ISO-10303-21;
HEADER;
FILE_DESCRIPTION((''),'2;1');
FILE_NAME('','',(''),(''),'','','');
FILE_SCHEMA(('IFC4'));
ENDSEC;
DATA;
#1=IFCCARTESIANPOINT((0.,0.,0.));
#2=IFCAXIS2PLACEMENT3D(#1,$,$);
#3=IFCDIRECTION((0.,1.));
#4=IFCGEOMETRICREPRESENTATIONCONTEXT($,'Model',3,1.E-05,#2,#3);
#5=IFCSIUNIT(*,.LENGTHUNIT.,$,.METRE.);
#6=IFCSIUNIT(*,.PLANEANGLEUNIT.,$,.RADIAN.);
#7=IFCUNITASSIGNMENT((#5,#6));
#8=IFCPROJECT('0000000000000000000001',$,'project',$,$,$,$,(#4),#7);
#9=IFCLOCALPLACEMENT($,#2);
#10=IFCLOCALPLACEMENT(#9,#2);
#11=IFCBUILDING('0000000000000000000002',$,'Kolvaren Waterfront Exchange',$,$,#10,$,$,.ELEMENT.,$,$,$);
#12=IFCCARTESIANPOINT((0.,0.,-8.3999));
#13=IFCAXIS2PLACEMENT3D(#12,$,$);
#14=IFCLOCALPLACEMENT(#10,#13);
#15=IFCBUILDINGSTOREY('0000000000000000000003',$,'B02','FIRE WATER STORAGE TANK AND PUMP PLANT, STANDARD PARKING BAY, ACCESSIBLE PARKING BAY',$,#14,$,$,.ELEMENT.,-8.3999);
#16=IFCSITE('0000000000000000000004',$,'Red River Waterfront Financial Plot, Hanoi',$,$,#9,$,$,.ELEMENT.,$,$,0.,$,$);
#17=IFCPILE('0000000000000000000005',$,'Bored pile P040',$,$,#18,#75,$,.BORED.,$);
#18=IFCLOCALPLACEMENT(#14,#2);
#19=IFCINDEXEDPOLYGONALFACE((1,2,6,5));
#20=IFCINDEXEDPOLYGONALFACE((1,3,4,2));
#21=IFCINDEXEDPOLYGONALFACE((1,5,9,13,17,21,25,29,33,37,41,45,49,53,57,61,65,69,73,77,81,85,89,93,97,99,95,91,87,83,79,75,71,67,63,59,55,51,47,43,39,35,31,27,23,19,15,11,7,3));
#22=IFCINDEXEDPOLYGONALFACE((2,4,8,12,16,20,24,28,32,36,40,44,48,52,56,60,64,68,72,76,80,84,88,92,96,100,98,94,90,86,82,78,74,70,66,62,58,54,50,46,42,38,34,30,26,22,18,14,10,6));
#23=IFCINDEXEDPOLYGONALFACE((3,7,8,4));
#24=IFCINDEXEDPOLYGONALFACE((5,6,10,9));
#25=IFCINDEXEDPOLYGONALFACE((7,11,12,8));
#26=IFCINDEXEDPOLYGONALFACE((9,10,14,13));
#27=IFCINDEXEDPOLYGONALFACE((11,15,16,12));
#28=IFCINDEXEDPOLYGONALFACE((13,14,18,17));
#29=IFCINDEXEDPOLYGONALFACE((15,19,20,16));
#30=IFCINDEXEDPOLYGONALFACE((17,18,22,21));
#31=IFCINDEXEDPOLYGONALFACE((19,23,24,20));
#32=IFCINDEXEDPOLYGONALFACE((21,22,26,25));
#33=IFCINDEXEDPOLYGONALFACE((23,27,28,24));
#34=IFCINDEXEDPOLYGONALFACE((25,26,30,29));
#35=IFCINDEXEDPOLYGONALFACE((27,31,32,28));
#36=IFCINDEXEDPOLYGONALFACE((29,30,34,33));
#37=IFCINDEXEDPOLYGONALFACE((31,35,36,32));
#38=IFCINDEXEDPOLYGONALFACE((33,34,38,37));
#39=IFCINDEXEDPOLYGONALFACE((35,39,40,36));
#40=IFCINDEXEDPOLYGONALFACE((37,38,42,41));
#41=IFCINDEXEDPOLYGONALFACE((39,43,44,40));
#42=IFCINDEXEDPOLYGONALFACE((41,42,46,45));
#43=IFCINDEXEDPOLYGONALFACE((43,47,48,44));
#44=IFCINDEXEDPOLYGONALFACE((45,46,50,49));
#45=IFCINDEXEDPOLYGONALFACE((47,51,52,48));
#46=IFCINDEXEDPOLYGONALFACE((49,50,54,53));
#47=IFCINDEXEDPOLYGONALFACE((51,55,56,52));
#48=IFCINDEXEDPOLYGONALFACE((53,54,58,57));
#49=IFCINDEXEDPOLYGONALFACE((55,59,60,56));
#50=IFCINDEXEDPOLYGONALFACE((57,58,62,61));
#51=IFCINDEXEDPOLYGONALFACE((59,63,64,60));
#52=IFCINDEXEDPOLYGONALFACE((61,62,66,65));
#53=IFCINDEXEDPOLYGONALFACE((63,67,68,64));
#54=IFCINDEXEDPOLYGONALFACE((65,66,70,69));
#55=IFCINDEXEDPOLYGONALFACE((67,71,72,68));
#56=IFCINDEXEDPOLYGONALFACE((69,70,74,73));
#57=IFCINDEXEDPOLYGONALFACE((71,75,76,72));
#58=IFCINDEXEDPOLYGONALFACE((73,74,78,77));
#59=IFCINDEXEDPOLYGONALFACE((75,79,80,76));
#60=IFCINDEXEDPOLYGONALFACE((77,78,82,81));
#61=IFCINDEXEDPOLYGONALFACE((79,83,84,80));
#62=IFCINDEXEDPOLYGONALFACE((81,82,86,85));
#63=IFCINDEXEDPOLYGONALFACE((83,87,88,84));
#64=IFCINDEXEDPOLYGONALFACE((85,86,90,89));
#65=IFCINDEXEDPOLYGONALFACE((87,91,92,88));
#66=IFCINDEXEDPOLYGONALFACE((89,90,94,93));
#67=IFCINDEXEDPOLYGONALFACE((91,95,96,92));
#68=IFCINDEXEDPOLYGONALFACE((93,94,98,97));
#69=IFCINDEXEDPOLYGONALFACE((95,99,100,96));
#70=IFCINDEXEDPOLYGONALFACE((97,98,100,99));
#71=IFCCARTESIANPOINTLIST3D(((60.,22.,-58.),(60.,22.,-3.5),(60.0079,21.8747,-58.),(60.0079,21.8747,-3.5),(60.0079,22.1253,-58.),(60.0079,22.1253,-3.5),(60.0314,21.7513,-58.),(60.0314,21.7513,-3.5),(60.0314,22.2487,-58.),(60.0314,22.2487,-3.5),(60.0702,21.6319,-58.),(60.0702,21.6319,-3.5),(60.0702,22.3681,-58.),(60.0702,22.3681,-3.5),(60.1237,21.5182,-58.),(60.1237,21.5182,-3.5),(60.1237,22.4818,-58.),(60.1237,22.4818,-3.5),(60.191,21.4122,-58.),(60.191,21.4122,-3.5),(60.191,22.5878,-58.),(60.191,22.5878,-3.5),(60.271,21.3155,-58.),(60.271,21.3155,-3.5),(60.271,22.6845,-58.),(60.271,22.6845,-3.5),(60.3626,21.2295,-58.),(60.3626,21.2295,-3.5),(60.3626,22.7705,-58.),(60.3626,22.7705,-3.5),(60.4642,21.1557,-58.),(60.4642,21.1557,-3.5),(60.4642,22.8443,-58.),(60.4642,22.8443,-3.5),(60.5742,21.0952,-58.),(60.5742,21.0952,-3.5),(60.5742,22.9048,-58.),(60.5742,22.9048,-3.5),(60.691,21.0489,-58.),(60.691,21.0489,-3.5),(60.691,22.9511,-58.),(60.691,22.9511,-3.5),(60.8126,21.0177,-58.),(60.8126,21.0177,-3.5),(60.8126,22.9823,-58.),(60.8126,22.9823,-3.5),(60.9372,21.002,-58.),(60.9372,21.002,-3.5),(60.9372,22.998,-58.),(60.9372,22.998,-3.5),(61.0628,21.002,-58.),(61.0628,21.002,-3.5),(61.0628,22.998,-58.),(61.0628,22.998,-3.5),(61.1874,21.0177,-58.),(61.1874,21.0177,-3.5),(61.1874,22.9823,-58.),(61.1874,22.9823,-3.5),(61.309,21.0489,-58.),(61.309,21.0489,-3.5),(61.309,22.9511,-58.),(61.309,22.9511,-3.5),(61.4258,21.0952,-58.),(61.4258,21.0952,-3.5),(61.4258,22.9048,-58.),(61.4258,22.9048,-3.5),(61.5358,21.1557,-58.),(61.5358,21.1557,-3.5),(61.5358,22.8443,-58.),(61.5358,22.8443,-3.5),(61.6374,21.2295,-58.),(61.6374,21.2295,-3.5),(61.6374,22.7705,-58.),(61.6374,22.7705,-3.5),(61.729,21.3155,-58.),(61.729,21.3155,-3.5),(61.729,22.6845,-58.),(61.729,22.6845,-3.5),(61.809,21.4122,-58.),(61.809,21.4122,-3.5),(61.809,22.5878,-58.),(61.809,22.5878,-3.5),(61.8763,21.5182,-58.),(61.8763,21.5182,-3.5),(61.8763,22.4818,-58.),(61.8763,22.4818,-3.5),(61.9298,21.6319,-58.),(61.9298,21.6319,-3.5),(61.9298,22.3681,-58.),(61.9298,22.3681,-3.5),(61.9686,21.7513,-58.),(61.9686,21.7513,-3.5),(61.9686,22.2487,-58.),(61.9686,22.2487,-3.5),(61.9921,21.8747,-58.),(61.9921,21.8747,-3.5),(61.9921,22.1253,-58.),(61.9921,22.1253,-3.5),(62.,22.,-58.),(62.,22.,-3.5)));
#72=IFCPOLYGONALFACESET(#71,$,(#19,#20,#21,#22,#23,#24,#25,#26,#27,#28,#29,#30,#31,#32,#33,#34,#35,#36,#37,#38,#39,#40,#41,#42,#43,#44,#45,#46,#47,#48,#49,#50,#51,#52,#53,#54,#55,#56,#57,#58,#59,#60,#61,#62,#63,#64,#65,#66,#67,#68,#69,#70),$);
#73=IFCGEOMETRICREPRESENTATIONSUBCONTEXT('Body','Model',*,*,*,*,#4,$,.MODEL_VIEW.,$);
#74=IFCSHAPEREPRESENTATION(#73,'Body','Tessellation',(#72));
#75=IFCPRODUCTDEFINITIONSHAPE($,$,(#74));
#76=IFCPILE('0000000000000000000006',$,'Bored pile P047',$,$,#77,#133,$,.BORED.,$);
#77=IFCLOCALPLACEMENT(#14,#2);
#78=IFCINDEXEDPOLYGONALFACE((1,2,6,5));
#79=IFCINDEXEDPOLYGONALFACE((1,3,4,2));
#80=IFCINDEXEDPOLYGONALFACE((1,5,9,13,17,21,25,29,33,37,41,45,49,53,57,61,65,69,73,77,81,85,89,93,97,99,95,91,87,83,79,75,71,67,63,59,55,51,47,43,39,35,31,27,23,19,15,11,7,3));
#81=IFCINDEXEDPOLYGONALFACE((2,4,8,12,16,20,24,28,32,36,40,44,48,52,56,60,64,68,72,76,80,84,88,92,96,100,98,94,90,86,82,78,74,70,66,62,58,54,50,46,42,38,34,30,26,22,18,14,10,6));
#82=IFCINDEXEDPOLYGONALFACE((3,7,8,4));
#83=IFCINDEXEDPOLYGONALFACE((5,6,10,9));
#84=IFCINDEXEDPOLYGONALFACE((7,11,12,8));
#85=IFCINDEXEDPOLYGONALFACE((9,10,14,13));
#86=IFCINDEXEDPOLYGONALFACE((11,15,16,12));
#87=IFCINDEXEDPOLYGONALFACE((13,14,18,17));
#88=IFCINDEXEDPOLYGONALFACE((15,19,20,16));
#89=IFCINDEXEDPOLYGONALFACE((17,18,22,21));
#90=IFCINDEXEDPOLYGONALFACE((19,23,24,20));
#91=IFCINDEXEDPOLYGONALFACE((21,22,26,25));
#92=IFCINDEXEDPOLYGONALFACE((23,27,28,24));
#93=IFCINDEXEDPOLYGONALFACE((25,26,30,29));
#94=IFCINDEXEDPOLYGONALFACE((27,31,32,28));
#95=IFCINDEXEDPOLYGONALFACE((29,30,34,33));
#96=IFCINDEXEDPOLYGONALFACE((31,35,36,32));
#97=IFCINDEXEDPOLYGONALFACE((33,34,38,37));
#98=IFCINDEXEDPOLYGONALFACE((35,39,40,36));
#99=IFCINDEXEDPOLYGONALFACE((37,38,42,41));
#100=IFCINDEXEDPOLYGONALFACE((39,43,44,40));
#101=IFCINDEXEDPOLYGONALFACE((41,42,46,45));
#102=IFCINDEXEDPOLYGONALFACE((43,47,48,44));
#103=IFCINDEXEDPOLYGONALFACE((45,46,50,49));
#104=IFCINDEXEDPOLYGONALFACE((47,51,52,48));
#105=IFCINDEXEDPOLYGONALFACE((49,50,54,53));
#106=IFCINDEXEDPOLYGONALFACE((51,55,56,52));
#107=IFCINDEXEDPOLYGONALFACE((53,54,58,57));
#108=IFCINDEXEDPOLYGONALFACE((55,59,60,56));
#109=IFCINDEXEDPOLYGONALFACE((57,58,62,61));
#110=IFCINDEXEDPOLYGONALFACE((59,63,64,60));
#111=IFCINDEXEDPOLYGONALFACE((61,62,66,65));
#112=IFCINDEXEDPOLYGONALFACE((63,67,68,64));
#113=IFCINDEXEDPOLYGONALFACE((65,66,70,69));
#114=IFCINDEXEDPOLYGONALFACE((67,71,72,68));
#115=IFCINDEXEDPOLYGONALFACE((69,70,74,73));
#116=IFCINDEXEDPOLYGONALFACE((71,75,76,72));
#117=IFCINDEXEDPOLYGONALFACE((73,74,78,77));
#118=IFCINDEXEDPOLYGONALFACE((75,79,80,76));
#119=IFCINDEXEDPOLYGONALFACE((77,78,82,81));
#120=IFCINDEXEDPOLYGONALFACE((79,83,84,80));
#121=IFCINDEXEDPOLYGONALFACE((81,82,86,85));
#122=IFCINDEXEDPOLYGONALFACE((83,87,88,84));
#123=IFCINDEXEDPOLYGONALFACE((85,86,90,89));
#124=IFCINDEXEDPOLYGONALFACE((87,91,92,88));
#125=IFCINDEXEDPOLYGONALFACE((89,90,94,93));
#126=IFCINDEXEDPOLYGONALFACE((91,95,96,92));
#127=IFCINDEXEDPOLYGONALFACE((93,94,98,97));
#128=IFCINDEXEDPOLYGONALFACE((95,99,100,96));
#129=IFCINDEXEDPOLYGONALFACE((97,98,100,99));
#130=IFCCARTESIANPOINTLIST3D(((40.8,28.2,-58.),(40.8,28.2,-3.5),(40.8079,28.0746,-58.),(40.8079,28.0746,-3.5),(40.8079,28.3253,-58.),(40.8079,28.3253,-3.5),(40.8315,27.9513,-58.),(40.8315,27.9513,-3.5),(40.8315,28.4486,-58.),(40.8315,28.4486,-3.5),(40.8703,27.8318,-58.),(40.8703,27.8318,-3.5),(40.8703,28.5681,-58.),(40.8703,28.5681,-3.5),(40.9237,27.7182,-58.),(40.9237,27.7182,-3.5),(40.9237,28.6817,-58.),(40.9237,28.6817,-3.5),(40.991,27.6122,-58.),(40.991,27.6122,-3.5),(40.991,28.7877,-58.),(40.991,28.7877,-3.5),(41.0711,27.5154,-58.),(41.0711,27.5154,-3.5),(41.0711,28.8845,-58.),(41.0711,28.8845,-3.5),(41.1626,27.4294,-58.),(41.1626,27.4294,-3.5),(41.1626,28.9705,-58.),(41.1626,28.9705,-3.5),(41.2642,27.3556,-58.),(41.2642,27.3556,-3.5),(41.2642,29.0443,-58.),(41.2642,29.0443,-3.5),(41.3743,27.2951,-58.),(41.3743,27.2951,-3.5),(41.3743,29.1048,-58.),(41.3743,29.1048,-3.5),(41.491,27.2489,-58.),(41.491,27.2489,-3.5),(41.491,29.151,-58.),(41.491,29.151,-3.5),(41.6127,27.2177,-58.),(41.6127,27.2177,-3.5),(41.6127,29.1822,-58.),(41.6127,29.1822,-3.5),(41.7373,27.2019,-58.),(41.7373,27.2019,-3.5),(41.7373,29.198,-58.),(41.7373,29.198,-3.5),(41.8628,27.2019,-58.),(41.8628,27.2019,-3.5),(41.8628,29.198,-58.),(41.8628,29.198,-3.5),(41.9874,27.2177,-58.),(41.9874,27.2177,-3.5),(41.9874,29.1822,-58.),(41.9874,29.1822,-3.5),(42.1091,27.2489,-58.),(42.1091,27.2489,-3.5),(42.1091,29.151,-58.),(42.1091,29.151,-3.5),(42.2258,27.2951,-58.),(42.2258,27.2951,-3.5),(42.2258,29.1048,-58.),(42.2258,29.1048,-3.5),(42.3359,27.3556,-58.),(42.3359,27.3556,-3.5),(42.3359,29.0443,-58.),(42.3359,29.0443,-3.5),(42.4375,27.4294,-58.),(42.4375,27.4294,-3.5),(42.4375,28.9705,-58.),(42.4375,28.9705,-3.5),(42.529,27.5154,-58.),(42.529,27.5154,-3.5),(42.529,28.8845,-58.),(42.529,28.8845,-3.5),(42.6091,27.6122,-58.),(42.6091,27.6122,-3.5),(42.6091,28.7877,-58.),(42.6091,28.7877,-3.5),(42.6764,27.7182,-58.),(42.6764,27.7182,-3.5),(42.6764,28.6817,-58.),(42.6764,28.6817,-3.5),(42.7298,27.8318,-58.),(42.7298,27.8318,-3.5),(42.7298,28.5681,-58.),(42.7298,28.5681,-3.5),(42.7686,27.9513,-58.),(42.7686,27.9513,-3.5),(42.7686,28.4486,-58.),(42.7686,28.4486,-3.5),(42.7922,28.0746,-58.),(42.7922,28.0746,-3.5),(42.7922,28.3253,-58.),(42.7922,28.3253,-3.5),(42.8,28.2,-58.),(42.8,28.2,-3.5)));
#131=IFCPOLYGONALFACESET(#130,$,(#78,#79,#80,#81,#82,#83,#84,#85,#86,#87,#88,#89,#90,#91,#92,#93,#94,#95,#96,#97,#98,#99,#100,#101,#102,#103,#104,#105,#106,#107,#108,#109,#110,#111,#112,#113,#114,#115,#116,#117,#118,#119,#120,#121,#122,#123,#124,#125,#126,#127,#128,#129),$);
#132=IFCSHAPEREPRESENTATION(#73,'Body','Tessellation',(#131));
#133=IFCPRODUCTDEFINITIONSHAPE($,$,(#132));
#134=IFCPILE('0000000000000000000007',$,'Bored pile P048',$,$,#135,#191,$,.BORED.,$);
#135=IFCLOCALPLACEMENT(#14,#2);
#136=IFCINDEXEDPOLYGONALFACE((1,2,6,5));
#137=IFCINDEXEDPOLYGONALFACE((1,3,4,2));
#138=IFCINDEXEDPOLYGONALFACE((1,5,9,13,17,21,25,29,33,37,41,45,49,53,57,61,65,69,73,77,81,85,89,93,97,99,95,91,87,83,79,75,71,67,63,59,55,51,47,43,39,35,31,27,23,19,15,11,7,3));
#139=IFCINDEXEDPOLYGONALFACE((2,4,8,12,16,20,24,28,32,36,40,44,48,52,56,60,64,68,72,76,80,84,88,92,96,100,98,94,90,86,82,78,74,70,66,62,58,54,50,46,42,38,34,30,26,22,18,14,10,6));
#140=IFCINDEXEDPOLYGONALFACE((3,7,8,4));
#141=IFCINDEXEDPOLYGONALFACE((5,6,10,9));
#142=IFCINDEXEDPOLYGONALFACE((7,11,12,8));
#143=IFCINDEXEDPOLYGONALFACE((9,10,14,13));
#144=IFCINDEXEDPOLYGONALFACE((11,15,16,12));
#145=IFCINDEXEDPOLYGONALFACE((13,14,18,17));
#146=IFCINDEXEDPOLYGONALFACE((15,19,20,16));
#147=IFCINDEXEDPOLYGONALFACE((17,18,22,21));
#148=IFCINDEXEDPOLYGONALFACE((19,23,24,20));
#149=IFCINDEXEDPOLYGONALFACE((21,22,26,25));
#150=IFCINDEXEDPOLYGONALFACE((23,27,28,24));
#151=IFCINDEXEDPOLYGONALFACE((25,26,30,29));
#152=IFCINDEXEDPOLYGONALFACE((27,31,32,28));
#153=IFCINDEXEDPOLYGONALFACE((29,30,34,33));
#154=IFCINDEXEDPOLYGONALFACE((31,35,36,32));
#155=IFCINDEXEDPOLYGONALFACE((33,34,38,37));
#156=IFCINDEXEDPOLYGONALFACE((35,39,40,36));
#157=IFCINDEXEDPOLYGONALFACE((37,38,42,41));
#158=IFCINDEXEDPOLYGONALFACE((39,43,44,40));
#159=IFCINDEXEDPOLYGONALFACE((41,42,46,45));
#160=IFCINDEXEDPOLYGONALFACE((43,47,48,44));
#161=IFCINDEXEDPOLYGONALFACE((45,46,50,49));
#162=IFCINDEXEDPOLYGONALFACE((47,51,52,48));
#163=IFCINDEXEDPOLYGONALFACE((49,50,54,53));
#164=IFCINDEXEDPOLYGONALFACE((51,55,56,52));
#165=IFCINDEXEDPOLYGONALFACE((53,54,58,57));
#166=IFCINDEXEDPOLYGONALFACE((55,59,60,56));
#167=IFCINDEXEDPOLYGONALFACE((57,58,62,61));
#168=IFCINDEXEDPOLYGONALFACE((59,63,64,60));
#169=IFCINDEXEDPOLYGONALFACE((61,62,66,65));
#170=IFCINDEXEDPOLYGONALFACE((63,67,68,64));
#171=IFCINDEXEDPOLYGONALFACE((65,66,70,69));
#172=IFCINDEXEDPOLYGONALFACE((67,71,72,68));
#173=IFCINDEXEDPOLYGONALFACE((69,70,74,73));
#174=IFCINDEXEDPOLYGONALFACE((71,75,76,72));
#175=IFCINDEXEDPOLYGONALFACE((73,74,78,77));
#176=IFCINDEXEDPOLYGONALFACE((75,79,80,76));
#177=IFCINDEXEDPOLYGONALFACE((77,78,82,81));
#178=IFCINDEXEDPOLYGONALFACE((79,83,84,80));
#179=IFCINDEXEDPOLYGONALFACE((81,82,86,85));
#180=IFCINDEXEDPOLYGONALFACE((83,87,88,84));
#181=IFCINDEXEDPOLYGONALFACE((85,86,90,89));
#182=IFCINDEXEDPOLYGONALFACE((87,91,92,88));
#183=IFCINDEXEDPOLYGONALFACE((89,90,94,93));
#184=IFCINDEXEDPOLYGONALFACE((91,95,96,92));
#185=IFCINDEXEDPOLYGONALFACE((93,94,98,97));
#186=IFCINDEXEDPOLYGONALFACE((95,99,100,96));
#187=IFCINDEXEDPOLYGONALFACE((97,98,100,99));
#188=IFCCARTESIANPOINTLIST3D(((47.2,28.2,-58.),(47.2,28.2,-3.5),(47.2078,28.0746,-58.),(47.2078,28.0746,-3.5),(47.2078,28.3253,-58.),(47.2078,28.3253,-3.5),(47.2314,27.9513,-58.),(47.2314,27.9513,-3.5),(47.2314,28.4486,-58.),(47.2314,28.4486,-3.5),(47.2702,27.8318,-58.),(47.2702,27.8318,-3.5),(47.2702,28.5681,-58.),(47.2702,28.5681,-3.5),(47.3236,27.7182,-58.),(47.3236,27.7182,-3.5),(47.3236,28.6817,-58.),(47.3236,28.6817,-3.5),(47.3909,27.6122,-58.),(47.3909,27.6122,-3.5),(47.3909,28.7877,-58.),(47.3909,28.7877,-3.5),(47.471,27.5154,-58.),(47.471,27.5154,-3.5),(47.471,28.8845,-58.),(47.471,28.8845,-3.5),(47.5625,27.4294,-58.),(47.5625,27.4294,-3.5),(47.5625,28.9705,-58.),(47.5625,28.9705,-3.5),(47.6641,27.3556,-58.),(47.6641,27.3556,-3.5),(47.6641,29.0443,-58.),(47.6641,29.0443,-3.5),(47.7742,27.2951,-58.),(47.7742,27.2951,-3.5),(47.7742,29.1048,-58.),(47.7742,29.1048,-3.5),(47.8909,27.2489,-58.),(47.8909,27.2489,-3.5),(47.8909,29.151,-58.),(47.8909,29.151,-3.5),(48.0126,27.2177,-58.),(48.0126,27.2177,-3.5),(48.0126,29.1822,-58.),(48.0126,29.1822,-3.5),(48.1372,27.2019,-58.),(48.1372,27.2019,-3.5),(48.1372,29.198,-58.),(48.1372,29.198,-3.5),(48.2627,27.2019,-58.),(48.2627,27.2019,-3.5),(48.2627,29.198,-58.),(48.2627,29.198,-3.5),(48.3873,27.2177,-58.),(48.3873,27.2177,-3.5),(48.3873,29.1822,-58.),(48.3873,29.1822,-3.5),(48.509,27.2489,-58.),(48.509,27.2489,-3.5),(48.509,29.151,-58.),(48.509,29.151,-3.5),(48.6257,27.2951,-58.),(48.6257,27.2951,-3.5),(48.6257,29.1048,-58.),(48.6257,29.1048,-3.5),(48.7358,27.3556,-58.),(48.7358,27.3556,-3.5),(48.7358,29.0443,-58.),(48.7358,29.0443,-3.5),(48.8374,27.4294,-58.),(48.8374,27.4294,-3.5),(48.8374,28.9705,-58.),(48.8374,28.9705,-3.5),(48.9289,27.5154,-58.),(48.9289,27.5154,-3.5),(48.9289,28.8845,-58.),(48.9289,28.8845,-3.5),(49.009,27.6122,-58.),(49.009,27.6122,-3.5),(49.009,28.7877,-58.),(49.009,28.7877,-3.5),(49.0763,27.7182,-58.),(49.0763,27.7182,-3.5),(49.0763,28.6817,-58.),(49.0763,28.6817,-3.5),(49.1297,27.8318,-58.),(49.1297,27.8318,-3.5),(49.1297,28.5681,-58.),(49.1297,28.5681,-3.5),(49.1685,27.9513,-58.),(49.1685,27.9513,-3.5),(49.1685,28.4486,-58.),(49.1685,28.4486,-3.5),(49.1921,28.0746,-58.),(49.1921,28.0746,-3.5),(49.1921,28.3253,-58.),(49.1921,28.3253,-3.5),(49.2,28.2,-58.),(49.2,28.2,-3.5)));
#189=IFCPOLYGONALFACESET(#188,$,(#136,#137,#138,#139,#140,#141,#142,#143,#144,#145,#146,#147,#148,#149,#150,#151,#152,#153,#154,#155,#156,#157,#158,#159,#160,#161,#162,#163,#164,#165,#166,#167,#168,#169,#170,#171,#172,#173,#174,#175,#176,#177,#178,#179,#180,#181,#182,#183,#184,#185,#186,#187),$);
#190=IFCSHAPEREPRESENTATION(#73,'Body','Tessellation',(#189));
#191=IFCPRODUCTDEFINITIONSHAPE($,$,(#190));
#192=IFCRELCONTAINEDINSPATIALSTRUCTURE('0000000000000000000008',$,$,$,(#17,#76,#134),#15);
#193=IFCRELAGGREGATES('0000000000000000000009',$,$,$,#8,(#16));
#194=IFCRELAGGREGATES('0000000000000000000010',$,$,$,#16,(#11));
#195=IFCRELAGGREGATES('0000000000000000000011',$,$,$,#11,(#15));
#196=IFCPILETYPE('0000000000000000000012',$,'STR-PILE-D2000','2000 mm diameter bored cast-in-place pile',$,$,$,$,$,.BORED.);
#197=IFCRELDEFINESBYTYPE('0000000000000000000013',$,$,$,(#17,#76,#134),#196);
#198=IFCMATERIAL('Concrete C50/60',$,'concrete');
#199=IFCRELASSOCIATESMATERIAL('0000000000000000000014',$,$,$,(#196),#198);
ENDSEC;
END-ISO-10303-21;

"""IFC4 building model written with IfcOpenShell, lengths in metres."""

from ifc_helpers import new_model, si_unit, direction, frame, origin, origin_2d, place, context, subcontext, project, spatial, circle, extrude, material, material_profile, profile_set, type_object, element, save


model = new_model("IFC4")

# Units and contexts
model_context = context("Model", 3, precision=1e-05, world=origin(), true_north=direction((0.0, 1.0)))
body_context = subcontext(model_context, "Body", "Model", "MODEL_VIEW")
ifc_project = project(units=[si_unit("LENGTHUNIT", "METRE"), si_unit("PLANEANGLEUNIT", "RADIAN")], contexts=[model_context])

# Site, building, storey
site_placement = place(None, origin())
site = spatial("IfcSite", under=ifc_project, at=site_placement, Name="Red River Waterfront Financial Plot, Hanoi", CompositionType="ELEMENT", RefElevation=0.0)
building_placement = place(site_placement, origin())
building = spatial("IfcBuilding", under=site, at=building_placement, Name="Kolvaren Waterfront Exchange", CompositionType="ELEMENT")
storey_placement = place(building_placement, frame((0.0, 0.0, -8.3999)))
storey = spatial("IfcBuildingStorey", under=building, at=storey_placement, Name="B02", Description="FIRE WATER STORAGE TANK AND PUMP PLANT, STANDARD PARKING BAY, ACCESSIBLE PARKING BAY", CompositionType="ELEMENT", Elevation=-8.3999)

# Piles
ifc_material_1 = material(Name="Concrete C50/60", Category="concrete")
ifc_material_profile_1 = material_profile(ifc_material_1, circle(Radius=1.0, at=origin_2d()), Name="RC-PILE-D2000")
ifc_profile_set_1 = profile_set([ifc_material_profile_1], Name="Concrete C50/60")
pile_type = type_object("IfcPileType", Name="STR-PILE-D2000", Description="2000 mm diameter bored cast-in-place pile", PredefinedType="BORED", material=ifc_profile_set_1)
for number, where, z_axis, x_axis, name in (
    (1, (61.0, 22.0, -3.5), (0.0, 0.0, -1.0), (1.0, 0.0, 0.0), "Bored pile P040"),
    (2, (41.8, 28.2, -3.5), (0.0, 0.0, -1.0), (1.0, 0.0, 0.0), "Bored pile P047"),
    (3, (48.2, 28.2, -3.5), (0.0, 0.0, -1.0), (1.0, 0.0, 0.0), "Bored pile P048"),
):
    element("IfcPile", number, at=place(storey_placement, frame(where, z_axis=z_axis, x_axis=x_axis)), inside=storey, type_object=pile_type, Name=name, PredefinedType="BORED", context=body_context, shape_type="SweptSolid", body=[
        extrude(circle(Radius=1.0, at=origin_2d()), origin(), (0.0, 0.0, 1.0), 54.5),
    ])

save(model, "model.ifc")
